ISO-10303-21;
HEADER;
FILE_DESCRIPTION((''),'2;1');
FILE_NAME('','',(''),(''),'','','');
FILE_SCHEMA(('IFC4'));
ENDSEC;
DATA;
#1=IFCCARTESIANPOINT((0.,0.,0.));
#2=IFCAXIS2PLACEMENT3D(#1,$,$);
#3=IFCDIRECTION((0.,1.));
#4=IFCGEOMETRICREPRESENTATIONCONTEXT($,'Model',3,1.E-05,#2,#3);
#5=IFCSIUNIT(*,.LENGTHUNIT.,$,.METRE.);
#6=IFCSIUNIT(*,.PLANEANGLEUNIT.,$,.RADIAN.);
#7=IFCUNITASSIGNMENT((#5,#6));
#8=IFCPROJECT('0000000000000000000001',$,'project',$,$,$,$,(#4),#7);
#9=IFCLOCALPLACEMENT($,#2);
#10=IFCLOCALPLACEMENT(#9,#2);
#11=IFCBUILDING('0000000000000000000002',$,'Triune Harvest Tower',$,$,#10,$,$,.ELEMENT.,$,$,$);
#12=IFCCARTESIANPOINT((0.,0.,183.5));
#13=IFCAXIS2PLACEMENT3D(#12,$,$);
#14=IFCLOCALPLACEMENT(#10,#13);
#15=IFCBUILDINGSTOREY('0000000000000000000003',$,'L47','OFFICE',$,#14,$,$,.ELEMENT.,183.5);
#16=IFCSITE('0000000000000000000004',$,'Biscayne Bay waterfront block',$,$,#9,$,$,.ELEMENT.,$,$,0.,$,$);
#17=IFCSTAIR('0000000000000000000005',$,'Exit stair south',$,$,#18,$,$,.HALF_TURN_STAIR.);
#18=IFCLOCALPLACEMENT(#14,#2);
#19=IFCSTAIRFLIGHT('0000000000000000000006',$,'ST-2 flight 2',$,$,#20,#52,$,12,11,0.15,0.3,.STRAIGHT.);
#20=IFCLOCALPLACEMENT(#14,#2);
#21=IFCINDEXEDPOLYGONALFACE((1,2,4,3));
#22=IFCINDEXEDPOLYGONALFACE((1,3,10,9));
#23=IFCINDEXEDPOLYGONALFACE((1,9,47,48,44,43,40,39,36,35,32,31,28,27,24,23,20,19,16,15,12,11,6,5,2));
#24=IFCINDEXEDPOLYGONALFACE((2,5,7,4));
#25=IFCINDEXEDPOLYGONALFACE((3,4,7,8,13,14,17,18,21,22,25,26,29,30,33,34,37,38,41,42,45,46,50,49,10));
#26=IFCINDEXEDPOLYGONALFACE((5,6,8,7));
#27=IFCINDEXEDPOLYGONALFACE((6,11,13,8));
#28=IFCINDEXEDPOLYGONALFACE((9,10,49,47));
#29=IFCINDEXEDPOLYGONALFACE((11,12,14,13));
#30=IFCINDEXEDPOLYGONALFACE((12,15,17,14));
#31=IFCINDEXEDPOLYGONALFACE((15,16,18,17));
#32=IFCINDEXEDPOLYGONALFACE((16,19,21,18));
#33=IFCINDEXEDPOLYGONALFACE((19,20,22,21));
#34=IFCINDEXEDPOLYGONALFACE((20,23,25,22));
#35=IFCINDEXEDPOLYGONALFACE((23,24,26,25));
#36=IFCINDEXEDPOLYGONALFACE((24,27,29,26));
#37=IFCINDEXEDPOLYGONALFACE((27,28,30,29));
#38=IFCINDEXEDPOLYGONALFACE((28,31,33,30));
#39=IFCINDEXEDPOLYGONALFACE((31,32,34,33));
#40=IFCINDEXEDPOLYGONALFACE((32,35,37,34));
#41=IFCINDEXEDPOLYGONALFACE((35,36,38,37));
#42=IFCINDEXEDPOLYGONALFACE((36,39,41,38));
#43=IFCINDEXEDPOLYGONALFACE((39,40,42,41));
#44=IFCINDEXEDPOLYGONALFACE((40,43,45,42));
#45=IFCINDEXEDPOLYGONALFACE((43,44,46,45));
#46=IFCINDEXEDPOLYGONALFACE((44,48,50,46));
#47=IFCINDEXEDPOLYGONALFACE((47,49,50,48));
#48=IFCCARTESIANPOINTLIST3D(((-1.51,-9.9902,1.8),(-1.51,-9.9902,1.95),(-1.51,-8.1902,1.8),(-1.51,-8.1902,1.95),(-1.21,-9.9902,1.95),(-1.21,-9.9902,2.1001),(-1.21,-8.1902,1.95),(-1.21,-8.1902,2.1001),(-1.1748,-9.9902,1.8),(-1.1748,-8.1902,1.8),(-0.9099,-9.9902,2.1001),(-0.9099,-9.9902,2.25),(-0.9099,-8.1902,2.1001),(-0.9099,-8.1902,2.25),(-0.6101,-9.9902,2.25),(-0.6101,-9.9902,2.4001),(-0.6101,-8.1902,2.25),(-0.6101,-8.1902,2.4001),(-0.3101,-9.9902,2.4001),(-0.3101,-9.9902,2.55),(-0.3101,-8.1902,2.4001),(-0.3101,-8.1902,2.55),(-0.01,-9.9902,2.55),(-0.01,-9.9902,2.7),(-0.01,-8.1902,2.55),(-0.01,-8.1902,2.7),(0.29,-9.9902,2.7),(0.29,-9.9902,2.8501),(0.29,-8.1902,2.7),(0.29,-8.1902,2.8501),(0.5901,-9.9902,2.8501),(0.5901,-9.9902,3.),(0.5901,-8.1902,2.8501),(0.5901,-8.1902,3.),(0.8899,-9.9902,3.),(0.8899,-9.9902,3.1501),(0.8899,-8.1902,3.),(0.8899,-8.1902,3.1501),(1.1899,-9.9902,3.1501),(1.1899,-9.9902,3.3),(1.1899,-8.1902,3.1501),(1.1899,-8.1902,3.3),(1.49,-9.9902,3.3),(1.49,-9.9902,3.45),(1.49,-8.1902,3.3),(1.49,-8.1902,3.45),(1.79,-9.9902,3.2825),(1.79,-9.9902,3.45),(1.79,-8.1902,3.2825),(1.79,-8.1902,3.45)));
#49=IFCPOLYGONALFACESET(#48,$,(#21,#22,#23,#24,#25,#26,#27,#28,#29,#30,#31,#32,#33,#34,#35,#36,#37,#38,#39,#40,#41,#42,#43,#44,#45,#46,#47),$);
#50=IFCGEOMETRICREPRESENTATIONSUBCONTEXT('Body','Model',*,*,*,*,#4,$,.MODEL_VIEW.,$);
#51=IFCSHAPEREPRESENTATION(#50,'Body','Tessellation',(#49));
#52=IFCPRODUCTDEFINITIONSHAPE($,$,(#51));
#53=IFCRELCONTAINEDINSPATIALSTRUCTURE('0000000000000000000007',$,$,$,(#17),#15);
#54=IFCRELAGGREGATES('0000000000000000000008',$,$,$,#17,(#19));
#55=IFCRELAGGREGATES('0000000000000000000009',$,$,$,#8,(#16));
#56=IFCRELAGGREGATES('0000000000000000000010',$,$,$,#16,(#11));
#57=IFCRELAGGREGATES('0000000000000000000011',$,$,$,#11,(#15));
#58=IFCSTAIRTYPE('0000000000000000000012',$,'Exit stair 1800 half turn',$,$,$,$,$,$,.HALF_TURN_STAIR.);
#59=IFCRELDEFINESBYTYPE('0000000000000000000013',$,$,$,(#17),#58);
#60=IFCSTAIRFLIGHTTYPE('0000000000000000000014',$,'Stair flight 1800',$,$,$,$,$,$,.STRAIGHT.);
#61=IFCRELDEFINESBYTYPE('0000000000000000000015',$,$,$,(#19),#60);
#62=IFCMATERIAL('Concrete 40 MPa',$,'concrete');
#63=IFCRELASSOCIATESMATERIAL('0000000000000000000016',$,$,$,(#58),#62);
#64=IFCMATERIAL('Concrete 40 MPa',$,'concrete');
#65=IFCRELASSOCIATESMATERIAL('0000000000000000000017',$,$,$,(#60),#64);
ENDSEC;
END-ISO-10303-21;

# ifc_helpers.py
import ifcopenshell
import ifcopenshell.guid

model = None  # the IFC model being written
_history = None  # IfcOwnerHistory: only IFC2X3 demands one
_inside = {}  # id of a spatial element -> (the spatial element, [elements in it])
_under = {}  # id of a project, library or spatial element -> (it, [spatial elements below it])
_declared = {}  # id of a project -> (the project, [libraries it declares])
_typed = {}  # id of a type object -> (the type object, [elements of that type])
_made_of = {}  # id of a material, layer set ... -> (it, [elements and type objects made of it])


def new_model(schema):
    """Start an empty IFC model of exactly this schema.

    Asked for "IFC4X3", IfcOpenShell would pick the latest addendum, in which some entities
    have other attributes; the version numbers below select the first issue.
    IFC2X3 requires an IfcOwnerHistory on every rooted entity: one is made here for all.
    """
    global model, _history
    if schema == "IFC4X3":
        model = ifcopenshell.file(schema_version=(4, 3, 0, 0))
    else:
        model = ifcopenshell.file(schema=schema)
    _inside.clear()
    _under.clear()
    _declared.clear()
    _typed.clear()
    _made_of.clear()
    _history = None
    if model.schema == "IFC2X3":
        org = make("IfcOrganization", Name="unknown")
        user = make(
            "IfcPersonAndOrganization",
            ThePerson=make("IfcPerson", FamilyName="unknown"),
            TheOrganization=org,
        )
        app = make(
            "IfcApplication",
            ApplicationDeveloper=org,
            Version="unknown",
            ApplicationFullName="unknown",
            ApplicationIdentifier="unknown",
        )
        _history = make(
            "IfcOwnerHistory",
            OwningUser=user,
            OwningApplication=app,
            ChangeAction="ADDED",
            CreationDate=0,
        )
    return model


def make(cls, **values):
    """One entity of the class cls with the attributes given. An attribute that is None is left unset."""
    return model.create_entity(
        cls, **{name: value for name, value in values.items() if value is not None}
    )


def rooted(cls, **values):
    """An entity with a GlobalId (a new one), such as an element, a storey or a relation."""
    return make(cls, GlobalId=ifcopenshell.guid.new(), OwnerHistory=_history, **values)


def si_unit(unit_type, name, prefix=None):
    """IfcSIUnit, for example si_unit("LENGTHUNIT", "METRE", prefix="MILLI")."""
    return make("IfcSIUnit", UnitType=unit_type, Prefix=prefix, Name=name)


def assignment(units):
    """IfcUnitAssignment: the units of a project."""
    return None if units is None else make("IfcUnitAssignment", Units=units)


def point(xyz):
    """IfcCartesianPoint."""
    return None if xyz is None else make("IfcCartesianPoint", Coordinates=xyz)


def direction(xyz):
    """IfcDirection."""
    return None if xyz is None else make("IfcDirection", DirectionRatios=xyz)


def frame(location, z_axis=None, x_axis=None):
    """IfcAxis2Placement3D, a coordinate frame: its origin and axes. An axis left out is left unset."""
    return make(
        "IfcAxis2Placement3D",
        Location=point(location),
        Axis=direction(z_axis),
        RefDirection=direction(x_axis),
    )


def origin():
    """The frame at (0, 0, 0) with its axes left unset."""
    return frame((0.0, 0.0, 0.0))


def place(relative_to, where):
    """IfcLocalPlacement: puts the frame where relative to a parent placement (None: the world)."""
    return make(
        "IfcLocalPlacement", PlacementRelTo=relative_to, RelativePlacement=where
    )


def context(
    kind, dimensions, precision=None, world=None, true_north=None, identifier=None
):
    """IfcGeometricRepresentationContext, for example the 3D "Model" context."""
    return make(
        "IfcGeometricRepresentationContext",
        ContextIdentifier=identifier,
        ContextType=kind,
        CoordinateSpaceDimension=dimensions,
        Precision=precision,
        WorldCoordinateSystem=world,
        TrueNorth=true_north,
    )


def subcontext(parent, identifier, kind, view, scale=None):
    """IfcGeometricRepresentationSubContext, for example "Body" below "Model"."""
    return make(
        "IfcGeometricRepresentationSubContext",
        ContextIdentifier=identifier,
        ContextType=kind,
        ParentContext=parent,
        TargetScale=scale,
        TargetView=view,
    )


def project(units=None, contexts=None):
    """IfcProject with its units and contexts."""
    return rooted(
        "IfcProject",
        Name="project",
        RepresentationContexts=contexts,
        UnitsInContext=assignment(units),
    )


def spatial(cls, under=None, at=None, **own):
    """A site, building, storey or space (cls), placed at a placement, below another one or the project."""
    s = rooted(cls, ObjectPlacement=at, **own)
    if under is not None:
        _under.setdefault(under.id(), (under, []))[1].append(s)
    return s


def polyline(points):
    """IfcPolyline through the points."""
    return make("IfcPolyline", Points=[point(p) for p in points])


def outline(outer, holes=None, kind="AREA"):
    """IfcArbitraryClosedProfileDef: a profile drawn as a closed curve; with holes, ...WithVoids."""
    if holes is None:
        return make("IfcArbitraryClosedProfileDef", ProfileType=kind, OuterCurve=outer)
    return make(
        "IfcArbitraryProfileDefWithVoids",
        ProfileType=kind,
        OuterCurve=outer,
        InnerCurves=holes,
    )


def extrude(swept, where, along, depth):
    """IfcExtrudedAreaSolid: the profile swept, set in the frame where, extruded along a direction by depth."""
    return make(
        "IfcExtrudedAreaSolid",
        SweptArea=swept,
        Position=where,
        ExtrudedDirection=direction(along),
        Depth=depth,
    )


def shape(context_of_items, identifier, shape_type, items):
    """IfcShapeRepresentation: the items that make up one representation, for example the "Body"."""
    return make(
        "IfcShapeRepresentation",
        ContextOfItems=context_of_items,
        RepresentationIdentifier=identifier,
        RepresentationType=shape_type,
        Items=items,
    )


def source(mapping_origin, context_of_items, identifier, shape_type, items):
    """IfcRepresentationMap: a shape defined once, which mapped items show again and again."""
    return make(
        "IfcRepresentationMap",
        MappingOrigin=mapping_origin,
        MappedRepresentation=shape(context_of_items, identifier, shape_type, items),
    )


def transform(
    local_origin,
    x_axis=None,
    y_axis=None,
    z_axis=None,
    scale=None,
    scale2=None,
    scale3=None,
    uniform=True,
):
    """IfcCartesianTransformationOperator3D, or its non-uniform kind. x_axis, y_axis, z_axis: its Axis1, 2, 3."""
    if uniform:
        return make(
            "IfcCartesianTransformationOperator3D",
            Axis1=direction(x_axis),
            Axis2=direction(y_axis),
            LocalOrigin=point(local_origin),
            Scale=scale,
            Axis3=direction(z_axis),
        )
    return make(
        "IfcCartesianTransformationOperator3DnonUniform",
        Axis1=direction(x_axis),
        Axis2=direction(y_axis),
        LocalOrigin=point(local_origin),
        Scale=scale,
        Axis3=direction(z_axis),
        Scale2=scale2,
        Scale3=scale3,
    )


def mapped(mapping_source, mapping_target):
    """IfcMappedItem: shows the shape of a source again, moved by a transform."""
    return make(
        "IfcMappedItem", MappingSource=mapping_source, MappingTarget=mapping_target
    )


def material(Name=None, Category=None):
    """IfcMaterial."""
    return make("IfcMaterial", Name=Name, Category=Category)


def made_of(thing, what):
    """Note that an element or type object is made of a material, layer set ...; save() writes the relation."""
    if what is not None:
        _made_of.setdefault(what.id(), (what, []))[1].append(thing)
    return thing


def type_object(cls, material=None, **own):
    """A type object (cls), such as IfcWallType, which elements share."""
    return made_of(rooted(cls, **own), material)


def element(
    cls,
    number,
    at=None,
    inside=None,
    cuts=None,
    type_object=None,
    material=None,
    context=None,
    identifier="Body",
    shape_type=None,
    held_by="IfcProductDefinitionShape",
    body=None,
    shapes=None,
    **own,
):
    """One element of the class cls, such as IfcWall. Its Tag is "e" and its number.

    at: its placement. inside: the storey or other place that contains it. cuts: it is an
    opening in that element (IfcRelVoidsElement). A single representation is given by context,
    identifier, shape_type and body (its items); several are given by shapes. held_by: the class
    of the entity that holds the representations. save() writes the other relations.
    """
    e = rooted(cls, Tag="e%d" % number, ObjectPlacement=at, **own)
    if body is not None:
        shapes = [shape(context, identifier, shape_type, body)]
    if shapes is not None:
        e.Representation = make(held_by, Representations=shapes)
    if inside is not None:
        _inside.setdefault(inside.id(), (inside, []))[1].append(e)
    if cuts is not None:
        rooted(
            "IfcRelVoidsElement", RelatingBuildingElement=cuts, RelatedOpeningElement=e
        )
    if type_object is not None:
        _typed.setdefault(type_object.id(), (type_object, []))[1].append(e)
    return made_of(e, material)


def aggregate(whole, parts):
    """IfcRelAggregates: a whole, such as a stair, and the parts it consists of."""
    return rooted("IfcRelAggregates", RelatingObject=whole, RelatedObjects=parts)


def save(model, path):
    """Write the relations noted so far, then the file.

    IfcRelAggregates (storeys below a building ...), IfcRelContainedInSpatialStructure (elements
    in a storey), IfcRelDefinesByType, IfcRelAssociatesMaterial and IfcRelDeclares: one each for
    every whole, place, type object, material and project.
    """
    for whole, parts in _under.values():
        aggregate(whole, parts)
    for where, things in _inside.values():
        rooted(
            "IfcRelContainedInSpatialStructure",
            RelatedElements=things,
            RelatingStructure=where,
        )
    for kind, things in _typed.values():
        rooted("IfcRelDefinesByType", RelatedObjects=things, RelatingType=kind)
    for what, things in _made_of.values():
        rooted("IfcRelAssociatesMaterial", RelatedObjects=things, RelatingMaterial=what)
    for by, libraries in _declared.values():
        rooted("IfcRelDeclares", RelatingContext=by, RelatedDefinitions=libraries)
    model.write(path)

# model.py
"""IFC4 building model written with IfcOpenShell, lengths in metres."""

from ifc_helpers import new_model, si_unit, direction, frame, origin, place, context, subcontext, project, spatial, polyline, outline, extrude, source, transform, mapped, material, type_object, element, aggregate, save


model = new_model("IFC4")

# Units and contexts
model_context = context("Model", 3, precision=1e-05, world=origin(), true_north=direction((0.0, 1.0)))
body_context = subcontext(model_context, "Body", "Model", "MODEL_VIEW")
ifc_project = project(units=[si_unit("LENGTHUNIT", "METRE"), si_unit("PLANEANGLEUNIT", "RADIAN")], contexts=[model_context])

# Site, building, storey
site_placement = place(None, origin())
site = spatial("IfcSite", under=ifc_project, at=site_placement, Name="Biscayne Bay waterfront block", CompositionType="ELEMENT", RefElevation=0.0)
building_placement = place(site_placement, origin())
building = spatial("IfcBuilding", under=site, at=building_placement, Name="Triune Harvest Tower", CompositionType="ELEMENT")
storey_placement = place(building_placement, frame((0.0, 0.0, 183.5)))
storey = spatial("IfcBuildingStorey", under=building, at=storey_placement, Name="L47", Description="OFFICE", CompositionType="ELEMENT", Elevation=183.5)

# Stair, stair flight
ifc_material_1 = material(Name="Concrete 40 MPa", Category="concrete")
stair_type = type_object("IfcStairType", Name="Exit stair 1800 half turn", PredefinedType="HALF_TURN_STAIR", material=ifc_material_1)
stair_placement = place(storey_placement, origin())
stair = element("IfcStair", 1, at=stair_placement, inside=storey, type_object=stair_type, Name="Exit stair south", PredefinedType="HALF_TURN_STAIR")
ifc_material_2 = material(Name="Concrete 40 MPa", Category="concrete")
stair_flight_type = type_object("IfcStairFlightType", Name="Stair flight 1800", PredefinedType="STRAIGHT", material=ifc_material_2)
shared_shape_1 = source(origin(), body_context, "Body", "SweptSolid", [
    extrude(outline(polyline([(0.0, 0.0), (0.0, 0.1499), (0.3, 0.1499), (0.3, 0.3), (0.6001, 0.3), (0.6001, 0.45), (0.8999, 0.45), (0.8999, 0.6001), (1.2, 0.6001), (1.2, 0.75), (1.5, 0.75), (1.5, 0.8999), (1.8, 0.8999), (1.8, 1.05), (2.1001, 1.05), (2.1001, 1.2), (2.3999, 1.2), (2.3999, 1.3501), (2.7, 1.3501), (2.7, 1.5), (3.0, 1.5), (3.0, 1.6499), (3.3, 1.6499), (3.3, 1.8), (3.3, 1.4824), (0.3352, 0.0), (0.0, 0.0)])), frame((0.0, 0.8999, 0.0), z_axis=(0.0, -1.0, 0.0), x_axis=(1.0, 0.0, 0.0)), (0.0, 0.0, 1.0), 1.8),
])
stair_flight_placement = place(storey_placement, frame((-1.51, -9.0901, 1.8), z_axis=(0.0, 0.0, 1.0), x_axis=(1.0, 0.0, 0.0)))
stair_flight = element("IfcStairFlight", 2, at=stair_flight_placement, type_object=stair_flight_type, Name="ST-2 flight 2", NumberOfRisers=12, NumberOfTreads=11, PredefinedType="STRAIGHT", RiserHeight=0.15, TreadLength=0.3, context=body_context, shape_type="MappedRepresentation", body=[
    mapped(shared_shape_1, transform((0.0, 0.0, 0.0), scale=1.0)),
])
aggregate(stair, [stair_flight])

save(model, "model.ifc")
